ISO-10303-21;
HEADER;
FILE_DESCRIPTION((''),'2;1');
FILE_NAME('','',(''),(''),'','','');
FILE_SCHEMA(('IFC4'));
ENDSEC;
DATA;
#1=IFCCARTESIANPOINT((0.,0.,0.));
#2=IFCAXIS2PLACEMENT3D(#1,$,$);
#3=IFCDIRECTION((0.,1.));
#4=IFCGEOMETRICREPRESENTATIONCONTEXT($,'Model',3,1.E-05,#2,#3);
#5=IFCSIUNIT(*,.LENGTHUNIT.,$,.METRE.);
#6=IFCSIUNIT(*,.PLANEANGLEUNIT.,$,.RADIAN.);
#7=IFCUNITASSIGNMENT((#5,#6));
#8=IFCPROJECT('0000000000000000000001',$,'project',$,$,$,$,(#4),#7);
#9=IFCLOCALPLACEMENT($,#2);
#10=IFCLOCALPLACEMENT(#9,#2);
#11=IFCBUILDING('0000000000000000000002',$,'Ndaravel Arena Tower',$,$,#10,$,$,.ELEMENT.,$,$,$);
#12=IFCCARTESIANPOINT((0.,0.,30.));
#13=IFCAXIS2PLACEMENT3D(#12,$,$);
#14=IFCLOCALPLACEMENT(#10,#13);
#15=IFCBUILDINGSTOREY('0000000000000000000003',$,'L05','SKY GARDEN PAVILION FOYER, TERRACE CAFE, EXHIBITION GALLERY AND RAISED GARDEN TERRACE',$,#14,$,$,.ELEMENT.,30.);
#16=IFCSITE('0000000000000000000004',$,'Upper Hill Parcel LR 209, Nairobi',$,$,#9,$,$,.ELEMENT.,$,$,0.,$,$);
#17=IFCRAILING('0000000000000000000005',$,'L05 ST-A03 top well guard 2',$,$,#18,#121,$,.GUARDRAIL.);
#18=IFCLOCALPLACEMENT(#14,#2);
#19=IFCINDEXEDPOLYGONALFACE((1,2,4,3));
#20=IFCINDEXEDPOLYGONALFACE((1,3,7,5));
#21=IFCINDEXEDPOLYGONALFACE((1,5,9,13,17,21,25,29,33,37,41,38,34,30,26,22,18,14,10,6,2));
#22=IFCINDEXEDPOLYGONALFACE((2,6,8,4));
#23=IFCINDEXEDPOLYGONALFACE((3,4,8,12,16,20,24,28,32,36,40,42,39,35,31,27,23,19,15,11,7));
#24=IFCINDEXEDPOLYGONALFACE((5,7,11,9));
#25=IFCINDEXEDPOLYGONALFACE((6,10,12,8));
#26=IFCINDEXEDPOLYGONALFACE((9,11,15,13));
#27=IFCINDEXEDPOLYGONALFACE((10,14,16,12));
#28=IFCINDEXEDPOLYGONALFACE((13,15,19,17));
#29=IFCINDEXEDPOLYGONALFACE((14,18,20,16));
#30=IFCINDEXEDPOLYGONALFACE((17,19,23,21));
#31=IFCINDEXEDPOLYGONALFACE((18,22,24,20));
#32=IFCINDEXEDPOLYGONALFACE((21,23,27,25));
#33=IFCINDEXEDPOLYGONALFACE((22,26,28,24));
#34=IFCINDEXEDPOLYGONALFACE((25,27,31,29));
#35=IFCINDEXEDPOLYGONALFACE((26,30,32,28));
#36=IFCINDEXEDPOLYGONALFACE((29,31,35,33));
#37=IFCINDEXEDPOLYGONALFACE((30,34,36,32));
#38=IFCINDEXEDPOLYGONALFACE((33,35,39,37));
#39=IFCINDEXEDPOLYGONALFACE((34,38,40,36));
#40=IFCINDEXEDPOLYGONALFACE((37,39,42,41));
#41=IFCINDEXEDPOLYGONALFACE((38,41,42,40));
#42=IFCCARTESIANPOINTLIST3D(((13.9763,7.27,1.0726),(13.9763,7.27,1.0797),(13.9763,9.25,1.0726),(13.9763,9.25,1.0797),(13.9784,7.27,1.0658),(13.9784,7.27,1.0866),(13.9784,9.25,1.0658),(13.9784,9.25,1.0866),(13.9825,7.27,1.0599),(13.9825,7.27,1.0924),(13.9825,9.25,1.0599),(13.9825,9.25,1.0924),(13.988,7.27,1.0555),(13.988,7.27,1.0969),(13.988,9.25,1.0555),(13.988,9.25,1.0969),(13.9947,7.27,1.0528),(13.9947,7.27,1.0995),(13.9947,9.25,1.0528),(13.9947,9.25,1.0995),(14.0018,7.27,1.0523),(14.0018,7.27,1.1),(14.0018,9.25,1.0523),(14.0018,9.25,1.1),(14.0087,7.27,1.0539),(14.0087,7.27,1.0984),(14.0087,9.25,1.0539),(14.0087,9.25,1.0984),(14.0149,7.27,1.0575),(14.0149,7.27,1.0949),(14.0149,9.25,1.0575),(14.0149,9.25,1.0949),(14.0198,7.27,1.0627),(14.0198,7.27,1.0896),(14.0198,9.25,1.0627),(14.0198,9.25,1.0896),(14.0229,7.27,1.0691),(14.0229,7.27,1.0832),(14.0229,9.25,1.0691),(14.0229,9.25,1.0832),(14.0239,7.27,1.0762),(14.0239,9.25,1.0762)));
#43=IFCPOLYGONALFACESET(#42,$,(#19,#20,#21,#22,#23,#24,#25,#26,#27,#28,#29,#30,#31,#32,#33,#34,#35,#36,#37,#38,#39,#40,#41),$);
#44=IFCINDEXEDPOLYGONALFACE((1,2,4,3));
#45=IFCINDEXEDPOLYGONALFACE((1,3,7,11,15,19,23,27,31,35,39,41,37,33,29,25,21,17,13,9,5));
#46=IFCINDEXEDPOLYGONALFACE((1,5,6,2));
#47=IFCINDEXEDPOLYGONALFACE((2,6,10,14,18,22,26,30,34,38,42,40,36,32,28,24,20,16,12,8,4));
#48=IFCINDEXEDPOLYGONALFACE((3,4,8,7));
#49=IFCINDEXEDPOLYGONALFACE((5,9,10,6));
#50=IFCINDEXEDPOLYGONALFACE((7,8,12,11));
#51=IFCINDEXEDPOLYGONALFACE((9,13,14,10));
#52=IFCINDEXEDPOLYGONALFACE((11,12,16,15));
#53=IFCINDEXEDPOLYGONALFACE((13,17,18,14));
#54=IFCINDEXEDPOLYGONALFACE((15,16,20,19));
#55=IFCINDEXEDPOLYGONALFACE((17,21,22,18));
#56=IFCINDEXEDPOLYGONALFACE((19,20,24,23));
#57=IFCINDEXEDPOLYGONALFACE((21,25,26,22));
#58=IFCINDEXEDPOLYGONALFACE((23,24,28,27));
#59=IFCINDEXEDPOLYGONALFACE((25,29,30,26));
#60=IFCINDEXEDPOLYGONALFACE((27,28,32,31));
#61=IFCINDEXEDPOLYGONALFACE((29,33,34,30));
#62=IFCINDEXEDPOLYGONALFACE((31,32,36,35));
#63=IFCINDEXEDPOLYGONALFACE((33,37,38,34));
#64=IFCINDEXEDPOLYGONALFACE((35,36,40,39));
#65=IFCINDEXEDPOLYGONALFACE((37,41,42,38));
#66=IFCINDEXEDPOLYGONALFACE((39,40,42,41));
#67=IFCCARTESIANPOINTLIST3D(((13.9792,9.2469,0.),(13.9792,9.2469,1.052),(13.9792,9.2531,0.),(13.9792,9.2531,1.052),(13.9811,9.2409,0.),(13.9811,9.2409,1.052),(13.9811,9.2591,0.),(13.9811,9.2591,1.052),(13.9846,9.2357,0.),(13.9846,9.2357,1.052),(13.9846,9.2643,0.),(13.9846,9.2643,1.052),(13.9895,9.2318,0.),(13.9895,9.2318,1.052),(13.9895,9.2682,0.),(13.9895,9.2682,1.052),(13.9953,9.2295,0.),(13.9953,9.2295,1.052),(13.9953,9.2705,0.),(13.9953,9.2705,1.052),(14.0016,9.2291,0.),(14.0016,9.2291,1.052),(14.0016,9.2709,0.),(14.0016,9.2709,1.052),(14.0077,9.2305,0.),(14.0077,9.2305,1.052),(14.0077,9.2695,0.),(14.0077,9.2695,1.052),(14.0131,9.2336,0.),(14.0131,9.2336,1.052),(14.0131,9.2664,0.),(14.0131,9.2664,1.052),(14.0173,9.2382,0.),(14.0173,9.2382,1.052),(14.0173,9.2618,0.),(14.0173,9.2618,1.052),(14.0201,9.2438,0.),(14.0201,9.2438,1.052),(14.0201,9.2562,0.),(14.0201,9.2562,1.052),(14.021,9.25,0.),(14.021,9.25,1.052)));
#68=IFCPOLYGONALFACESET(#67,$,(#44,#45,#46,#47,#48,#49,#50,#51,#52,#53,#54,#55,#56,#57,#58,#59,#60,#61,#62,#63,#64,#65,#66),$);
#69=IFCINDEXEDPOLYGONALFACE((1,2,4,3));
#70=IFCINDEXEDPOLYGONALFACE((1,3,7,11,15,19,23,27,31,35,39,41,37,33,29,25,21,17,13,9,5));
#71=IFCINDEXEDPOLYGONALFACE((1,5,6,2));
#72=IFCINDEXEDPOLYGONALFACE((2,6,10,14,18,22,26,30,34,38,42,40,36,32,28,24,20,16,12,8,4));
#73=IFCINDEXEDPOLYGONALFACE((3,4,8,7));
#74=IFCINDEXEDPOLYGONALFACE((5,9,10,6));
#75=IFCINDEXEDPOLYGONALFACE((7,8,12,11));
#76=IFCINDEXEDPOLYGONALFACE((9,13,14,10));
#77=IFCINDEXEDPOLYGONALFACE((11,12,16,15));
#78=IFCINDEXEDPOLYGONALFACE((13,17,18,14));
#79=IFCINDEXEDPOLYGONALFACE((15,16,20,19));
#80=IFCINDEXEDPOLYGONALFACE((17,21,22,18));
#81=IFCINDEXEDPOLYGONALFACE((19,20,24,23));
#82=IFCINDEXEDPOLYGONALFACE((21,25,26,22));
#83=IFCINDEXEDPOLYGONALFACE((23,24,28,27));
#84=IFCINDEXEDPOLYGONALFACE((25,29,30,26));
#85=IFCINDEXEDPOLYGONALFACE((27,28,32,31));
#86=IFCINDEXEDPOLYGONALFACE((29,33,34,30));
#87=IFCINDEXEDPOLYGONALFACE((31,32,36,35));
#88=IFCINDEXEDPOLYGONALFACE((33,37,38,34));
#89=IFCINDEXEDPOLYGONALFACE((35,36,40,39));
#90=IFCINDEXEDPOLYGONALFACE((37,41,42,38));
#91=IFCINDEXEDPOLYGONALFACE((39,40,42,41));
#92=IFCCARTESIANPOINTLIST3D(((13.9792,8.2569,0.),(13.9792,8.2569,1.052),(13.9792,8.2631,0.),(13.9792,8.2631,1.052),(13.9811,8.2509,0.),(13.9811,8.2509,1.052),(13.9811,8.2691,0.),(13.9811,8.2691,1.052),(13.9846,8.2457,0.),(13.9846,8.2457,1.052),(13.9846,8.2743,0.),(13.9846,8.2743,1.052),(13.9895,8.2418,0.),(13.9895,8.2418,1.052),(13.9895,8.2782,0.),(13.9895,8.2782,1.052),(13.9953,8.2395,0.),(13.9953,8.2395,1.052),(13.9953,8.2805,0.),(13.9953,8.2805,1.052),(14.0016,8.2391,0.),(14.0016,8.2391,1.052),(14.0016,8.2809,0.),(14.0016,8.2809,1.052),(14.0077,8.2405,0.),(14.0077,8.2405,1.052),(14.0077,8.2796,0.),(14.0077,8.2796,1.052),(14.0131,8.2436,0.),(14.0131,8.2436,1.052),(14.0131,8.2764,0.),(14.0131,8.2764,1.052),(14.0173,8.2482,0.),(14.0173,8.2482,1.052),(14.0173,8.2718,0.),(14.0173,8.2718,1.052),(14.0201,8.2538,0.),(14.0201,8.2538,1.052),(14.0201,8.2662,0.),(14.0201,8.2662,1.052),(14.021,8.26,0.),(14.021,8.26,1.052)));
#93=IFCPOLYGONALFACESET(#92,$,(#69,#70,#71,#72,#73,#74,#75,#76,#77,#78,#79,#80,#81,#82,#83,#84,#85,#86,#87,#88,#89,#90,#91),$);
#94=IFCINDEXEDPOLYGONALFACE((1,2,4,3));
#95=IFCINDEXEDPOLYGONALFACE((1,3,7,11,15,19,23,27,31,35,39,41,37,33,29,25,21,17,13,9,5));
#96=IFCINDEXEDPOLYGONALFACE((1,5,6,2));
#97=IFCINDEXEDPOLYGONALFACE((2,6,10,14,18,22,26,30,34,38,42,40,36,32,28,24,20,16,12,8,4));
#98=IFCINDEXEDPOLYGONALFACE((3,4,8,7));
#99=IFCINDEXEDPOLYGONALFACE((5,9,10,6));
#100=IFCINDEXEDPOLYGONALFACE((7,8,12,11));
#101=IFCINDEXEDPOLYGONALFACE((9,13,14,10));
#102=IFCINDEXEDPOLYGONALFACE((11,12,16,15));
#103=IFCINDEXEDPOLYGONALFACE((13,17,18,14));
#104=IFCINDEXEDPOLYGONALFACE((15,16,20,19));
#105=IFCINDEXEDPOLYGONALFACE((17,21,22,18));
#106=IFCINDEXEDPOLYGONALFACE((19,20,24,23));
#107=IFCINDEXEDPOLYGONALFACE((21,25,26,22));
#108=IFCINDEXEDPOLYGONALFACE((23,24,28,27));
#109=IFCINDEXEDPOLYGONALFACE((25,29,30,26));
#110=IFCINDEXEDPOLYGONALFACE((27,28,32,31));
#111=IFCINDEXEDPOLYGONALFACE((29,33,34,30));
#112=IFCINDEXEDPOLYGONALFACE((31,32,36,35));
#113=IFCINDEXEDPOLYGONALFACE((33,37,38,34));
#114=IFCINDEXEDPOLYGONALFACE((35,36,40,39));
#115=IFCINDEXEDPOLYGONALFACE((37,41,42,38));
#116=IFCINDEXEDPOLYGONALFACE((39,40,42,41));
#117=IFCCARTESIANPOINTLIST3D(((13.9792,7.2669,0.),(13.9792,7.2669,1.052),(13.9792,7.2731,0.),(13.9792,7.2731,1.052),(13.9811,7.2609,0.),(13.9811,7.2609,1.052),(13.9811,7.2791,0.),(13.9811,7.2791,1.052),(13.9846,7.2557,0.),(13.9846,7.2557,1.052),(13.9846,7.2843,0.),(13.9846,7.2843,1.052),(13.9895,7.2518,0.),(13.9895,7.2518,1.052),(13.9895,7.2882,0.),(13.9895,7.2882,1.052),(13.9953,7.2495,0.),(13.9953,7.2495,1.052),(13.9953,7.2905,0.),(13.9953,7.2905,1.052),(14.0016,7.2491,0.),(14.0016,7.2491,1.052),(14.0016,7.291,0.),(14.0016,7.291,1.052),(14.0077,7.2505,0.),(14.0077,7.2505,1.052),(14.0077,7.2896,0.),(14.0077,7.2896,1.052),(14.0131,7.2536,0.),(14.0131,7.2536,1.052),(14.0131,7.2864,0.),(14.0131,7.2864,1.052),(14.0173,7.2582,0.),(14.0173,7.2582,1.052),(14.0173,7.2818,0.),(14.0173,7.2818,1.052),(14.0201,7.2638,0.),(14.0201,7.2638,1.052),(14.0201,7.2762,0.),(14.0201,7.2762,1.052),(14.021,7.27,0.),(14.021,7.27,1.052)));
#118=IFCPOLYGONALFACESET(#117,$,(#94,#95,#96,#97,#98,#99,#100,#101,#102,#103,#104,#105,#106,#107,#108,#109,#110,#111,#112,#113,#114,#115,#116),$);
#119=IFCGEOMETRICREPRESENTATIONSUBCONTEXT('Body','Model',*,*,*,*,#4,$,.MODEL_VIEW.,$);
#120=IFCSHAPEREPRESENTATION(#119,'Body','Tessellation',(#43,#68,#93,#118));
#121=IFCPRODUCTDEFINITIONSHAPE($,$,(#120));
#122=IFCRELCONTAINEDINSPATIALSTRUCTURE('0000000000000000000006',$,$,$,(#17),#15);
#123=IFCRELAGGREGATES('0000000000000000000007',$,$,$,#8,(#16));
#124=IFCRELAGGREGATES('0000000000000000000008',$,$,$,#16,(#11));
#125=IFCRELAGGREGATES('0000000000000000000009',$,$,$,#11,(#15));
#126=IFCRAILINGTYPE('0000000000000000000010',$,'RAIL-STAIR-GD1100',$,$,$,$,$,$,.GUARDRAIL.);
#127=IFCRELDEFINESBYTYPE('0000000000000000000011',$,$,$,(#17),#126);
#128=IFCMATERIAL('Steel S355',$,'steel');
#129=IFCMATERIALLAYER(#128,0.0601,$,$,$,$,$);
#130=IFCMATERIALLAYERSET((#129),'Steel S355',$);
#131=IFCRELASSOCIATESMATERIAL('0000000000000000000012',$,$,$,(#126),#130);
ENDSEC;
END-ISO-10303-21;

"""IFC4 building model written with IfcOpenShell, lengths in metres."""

from ifc_helpers import new_model, si_unit, direction, frame, origin, origin_2d, place, context, subcontext, project, spatial, circle, extrude, material, layer, layer_set, type_object, element, save


model = new_model("IFC4")

# Units and contexts
model_context = context("Model", 3, precision=1e-05, world=origin(), true_north=direction((0.0, 1.0)))
body_context = subcontext(model_context, "Body", "Model", "MODEL_VIEW")
ifc_project = project(units=[si_unit("LENGTHUNIT", "METRE"), si_unit("PLANEANGLEUNIT", "RADIAN")], contexts=[model_context])

# Site, building, storey
site_placement = place(None, origin())
site = spatial("IfcSite", under=ifc_project, at=site_placement, Name="Upper Hill Parcel LR 209, Nairobi", CompositionType="ELEMENT", RefElevation=0.0)
building_placement = place(site_placement, origin())
building = spatial("IfcBuilding", under=site, at=building_placement, Name="Ndaravel Arena Tower", CompositionType="ELEMENT")
storey_placement = place(building_placement, frame((0.0, 0.0, 30.0)))
storey = spatial("IfcBuildingStorey", under=building, at=storey_placement, Name="L05", Description="SKY GARDEN PAVILION FOYER, TERRACE CAFE, EXHIBITION GALLERY AND RAISED GARDEN TERRACE", CompositionType="ELEMENT", Elevation=30.0)

# Railing
ifc_material_1 = material(Name="Steel S355", Category="steel")
ifc_layer_1 = layer(ifc_material_1, 0.0601)
ifc_layer_set_1 = layer_set([ifc_layer_1], Name="Steel S355")
railing_type_1 = type_object("IfcRailingType", Name="RAIL-STAIR-GD1100", PredefinedType="GUARDRAIL", material=ifc_layer_set_1)
for number, where, name in (
    (1, (14.0, 9.25, 0.0), "L05 ST-A03 top well guard 2"),
):
    element("IfcRailing", number, at=place(storey_placement, frame(where)), inside=storey, type_object=railing_type_1, Name=name, PredefinedType="GUARDRAIL", context=body_context, shape_type="SweptSolid", body=[
        extrude(circle(Radius=0.0239, at=origin_2d()), frame((0.0, 0.0, 1.0762), z_axis=(0.0, -1.0, 0.0), x_axis=(1.0, 0.0, 0.0)), (0.0, 0.0, 1.0), 1.98),
        extrude(circle(Radius=0.021, at=origin_2d()), origin(), (0.0, 0.0, 1.0), 1.052),
        extrude(circle(Radius=0.021, at=origin_2d()), frame((0.0, -0.99, 0.0)), (0.0, 0.0, 1.0), 1.052),
        extrude(circle(Radius=0.021, at=origin_2d()), frame((0.0, -1.98, 0.0)), (0.0, 0.0, 1.0), 1.052),
    ])

save(model, "model.ifc")
